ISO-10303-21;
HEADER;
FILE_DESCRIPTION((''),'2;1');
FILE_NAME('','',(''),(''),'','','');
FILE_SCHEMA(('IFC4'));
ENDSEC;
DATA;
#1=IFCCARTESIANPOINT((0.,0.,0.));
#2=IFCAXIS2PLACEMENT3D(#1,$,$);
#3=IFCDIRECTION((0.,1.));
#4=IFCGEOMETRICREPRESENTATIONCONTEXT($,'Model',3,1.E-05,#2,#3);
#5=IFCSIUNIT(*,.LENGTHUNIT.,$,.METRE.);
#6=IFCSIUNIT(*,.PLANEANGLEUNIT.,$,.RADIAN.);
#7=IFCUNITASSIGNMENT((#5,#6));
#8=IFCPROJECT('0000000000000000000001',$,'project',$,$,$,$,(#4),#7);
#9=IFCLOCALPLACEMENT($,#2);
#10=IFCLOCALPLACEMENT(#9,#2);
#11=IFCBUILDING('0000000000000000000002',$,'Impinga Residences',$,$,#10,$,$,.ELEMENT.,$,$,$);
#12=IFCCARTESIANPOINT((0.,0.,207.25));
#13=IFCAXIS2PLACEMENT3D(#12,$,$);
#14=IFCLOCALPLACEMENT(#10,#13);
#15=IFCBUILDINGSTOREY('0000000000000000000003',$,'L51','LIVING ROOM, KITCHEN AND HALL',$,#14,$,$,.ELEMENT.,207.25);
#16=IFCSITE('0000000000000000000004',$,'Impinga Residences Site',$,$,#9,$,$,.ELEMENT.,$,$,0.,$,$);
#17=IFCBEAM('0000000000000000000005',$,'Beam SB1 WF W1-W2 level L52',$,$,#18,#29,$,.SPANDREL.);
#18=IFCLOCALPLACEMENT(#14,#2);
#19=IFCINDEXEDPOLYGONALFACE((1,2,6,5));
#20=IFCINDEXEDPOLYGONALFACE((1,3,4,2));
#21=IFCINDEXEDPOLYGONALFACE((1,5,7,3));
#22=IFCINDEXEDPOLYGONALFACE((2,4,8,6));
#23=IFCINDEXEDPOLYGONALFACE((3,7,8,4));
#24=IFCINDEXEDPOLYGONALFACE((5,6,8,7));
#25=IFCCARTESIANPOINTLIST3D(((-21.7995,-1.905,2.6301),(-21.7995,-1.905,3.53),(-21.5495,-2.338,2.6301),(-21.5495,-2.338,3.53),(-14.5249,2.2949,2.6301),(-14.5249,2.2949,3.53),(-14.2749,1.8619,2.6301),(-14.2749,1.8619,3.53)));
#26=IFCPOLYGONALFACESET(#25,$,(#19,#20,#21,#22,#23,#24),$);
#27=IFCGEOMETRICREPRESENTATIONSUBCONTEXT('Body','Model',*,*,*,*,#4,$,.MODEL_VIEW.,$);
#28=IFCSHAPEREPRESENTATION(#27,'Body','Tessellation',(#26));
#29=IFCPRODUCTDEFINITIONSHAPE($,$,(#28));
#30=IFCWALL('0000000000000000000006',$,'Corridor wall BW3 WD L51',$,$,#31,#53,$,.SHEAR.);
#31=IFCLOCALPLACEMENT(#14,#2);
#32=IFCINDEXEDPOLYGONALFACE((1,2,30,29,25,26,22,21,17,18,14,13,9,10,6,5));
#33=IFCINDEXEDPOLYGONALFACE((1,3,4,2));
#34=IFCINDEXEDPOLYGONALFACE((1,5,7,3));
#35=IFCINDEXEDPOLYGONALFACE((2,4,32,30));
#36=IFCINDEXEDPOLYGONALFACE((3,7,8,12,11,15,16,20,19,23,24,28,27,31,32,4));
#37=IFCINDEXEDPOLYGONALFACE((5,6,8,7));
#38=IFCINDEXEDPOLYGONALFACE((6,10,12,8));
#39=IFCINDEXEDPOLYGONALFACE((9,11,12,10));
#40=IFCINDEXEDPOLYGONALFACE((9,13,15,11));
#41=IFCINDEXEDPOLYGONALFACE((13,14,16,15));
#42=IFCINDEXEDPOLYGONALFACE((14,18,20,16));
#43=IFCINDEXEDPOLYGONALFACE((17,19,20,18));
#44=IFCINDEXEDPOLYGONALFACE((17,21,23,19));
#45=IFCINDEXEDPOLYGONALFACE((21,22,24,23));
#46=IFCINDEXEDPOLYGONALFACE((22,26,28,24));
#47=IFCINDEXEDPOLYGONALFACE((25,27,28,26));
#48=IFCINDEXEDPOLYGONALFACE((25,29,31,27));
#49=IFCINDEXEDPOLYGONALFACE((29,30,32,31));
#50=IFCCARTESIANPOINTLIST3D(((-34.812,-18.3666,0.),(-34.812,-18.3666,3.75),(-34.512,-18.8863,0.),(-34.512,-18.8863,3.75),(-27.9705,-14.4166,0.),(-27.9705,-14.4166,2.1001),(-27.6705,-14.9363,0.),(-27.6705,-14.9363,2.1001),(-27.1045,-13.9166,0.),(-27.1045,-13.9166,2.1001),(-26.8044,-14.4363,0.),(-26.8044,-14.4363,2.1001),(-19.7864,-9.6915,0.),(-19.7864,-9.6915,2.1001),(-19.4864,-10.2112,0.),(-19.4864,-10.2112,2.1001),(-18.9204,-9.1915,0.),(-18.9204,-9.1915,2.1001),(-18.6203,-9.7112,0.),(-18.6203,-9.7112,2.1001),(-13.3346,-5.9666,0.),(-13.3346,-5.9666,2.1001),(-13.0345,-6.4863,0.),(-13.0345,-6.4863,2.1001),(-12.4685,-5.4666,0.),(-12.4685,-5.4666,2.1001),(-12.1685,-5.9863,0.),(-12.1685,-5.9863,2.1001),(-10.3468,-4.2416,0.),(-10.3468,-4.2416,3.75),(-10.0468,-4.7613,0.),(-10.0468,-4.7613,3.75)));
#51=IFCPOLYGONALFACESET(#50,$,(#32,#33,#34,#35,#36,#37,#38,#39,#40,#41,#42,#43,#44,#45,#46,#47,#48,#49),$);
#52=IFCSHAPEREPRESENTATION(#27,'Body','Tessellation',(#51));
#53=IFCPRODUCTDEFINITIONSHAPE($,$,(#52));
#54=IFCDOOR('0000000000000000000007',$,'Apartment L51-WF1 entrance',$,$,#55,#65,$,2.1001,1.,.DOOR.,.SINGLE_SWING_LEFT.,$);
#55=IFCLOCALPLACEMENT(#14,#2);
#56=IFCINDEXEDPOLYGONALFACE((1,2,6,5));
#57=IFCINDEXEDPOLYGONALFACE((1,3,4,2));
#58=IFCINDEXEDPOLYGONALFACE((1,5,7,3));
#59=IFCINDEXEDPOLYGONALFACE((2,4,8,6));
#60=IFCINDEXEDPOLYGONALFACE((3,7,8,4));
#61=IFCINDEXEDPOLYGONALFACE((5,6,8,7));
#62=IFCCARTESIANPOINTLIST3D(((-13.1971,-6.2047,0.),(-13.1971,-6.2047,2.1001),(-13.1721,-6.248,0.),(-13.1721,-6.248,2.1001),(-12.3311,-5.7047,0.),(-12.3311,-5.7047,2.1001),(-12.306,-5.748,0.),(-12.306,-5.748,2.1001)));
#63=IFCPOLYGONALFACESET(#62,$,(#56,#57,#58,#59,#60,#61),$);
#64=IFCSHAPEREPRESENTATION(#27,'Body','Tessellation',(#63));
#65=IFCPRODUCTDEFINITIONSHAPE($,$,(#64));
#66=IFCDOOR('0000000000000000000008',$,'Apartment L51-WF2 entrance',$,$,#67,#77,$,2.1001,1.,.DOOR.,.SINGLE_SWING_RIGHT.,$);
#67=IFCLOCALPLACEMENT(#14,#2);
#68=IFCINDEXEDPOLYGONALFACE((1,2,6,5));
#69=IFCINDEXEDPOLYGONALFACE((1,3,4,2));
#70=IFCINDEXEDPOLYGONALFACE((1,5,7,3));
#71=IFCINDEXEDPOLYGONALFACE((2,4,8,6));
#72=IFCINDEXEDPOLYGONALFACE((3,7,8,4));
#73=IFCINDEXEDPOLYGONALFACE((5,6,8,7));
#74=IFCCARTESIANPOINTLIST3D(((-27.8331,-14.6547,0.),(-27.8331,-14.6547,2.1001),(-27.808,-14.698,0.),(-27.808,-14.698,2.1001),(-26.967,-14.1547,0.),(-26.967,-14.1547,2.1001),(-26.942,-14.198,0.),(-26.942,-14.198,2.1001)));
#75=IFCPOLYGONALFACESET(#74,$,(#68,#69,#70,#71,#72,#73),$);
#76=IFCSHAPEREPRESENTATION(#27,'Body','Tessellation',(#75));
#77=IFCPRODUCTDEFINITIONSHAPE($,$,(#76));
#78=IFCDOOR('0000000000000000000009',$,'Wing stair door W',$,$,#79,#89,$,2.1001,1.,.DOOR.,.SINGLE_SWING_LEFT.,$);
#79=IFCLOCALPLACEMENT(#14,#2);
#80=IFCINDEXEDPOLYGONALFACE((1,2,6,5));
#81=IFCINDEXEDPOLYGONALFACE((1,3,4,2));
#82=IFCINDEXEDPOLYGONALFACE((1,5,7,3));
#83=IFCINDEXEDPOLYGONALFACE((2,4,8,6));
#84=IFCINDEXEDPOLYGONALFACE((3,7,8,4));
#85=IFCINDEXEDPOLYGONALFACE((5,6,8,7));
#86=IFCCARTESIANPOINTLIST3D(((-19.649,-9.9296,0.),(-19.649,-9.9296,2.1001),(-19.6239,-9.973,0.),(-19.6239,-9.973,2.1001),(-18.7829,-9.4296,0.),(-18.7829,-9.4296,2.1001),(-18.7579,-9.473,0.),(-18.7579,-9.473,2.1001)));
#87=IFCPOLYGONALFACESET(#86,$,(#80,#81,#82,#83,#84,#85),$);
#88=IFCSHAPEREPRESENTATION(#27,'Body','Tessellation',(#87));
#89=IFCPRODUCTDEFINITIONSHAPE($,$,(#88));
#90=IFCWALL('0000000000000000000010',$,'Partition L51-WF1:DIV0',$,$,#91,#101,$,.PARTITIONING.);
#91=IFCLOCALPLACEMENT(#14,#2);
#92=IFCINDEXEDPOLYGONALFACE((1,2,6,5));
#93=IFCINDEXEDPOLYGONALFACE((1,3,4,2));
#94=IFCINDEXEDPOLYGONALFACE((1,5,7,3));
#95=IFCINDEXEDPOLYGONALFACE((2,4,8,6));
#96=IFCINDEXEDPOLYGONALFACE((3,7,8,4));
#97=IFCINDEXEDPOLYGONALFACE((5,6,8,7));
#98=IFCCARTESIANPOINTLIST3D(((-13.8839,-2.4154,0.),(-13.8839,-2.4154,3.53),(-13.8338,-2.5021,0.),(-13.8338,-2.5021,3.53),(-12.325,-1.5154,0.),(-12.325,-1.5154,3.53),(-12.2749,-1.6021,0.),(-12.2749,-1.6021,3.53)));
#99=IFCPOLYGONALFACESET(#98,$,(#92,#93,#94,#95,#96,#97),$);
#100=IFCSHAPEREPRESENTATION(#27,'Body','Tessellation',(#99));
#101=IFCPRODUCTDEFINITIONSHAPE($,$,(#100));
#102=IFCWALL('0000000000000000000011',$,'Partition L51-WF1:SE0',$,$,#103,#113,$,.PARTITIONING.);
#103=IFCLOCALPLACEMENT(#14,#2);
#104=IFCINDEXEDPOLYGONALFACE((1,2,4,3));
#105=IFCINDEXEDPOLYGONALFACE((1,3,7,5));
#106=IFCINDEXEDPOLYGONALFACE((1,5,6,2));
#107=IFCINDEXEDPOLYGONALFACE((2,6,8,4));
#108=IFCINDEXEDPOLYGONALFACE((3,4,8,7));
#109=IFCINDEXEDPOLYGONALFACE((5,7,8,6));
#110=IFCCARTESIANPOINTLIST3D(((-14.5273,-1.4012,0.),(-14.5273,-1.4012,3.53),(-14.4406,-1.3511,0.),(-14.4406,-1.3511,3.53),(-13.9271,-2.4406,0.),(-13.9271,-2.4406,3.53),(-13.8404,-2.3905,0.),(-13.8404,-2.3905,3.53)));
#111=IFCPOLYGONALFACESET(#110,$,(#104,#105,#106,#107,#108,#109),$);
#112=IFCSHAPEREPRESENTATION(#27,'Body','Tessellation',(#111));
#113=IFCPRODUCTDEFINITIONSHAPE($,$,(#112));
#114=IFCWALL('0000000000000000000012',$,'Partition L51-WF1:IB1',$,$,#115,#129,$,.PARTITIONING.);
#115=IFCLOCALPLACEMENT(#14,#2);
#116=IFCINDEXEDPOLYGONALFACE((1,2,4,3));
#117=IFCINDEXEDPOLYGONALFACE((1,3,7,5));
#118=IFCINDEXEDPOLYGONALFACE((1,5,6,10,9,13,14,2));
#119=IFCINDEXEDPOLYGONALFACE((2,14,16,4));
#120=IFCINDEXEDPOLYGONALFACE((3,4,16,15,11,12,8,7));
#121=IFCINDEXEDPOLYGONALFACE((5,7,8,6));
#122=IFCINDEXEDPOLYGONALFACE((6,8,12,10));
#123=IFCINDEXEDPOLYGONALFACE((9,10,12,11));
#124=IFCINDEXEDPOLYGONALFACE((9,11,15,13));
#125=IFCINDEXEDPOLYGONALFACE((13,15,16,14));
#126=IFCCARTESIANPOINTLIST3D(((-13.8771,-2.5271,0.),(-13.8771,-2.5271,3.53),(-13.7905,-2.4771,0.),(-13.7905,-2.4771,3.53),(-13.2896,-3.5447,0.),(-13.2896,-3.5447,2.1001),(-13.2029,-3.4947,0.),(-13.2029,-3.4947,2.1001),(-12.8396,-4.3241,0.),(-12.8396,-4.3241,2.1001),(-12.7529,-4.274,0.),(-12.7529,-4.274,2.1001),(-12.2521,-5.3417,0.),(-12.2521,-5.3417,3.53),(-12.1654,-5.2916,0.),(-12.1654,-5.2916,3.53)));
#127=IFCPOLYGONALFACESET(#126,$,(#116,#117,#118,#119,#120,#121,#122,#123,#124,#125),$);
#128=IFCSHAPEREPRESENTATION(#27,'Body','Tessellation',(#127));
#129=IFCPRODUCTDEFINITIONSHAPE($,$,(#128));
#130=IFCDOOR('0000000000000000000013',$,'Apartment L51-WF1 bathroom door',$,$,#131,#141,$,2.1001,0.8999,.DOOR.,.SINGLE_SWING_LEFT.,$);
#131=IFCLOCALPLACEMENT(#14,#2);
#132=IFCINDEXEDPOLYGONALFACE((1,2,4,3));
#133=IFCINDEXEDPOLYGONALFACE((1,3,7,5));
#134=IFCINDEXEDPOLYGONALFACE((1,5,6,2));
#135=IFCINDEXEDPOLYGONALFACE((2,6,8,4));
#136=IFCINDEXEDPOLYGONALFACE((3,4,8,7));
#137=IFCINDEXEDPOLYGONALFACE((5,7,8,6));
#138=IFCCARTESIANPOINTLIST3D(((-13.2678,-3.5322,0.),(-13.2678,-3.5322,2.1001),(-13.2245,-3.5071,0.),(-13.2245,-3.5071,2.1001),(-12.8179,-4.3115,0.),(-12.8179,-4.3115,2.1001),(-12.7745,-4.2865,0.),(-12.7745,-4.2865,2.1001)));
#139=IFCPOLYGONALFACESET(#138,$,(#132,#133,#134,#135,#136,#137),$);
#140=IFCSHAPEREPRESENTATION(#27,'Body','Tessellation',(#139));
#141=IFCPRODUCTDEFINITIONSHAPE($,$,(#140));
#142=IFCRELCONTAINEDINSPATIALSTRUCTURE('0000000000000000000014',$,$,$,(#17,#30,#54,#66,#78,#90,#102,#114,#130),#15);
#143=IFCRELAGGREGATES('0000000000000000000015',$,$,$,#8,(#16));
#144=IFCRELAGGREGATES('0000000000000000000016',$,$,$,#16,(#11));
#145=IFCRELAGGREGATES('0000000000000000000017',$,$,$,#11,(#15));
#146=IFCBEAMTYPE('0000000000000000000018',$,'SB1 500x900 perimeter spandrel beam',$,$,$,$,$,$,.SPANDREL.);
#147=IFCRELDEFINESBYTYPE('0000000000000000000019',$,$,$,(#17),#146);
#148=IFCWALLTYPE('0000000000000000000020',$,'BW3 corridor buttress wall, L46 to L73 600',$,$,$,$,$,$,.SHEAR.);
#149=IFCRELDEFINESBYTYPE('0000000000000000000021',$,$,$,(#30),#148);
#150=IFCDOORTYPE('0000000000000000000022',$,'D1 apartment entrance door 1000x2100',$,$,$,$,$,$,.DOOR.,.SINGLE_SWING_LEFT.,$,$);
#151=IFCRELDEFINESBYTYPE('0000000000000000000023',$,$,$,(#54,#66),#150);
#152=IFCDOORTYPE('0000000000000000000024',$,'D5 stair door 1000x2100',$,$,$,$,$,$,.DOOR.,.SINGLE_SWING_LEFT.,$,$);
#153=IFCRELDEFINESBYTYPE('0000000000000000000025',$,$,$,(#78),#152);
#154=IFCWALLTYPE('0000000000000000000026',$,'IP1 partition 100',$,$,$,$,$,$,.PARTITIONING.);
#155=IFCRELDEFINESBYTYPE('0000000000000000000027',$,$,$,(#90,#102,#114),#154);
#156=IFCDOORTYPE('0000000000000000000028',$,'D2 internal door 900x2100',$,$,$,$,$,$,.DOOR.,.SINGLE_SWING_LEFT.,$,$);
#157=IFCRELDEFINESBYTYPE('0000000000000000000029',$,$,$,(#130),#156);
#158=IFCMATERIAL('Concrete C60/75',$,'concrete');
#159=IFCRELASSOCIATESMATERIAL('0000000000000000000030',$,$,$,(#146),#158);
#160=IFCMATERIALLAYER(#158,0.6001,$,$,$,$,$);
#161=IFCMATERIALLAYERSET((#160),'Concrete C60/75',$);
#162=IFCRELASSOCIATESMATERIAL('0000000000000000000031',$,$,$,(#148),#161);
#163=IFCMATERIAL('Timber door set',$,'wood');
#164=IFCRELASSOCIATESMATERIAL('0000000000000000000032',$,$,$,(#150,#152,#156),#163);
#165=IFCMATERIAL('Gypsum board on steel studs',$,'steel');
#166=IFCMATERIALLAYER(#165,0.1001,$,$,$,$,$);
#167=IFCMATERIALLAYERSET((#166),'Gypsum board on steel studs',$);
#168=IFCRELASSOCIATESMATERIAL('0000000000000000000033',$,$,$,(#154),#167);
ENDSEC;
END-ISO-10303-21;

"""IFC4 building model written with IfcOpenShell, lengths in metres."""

from ifc_helpers import new_model, si_unit, direction, frame, frame_2d, origin, origin_2d, place, context, subcontext, project, spatial, rectangle, extrude, material, layer, layer_set, material_profile, profile_set, type_object, element, fill, save


model = new_model("IFC4")

# Units and contexts
model_context = context("Model", 3, precision=1e-05, world=origin(), true_north=direction((0.0, 1.0)))
body_context = subcontext(model_context, "Body", "Model", "MODEL_VIEW")
ifc_project = project(units=[si_unit("LENGTHUNIT", "METRE"), si_unit("PLANEANGLEUNIT", "RADIAN")], contexts=[model_context])

# Site, building, storey
site_placement = place(None, origin())
site = spatial("IfcSite", under=ifc_project, at=site_placement, Name="Impinga Residences Site", CompositionType="ELEMENT", RefElevation=0.0)
building_placement = place(site_placement, origin())
building = spatial("IfcBuilding", under=site, at=building_placement, Name="Impinga Residences", CompositionType="ELEMENT")
storey_placement = place(building_placement, frame((0.0, 0.0, 207.25)))
storey = spatial("IfcBuildingStorey", under=building, at=storey_placement, Name="L51", Description="LIVING ROOM, KITCHEN AND HALL", CompositionType="ELEMENT", Elevation=207.25)

# Beam
ifc_material_1 = material(Name="Concrete C60/75", Category="concrete")
ifc_material_profile = material_profile(ifc_material_1, rectangle(XDim=0.5, YDim=0.8999, at=origin_2d()), Name="RC 500x900")
ifc_profile_set = profile_set([ifc_material_profile], Name="Concrete C60/75")
beam_type = type_object("IfcBeamType", Name="SB1 500x900 perimeter spandrel beam", PredefinedType="SPANDREL", material=ifc_profile_set)
beam_placement = place(storey_placement, frame((-14.3999, 2.0784, 3.0801), z_axis=(-0.866029, -0.499993, 0.0), x_axis=(0.499993, -0.866029, 0.0)))
element("IfcBeam", 1, at=beam_placement, inside=storey, type_object=beam_type, Name="Beam SB1 WF W1-W2 level L52", PredefinedType="SPANDREL", context=body_context, shape_type="SweptSolid", body=[
    extrude(rectangle(XDim=0.5, YDim=0.8999, at=origin_2d()), origin(), (0.0, 0.0, 1.0), 8.3999),
])

# Wall, openings, doors
ifc_layer_1 = layer(ifc_material_1, 0.6001)
ifc_layer_set_1 = layer_set([ifc_layer_1], Name="Concrete C60/75")
wall_type_1 = type_object("IfcWallType", Name="BW3 corridor buttress wall, L46 to L73 600", PredefinedType="SHEAR", material=ifc_layer_set_1)
wall_1_placement = place(storey_placement, frame((-10.1968, -4.5015, 0.0), z_axis=(0.0, 0.0, 1.0), x_axis=(-0.866026, -0.499998, 0.0)))
wall_1 = element("IfcWall", 2, at=wall_1_placement, inside=storey, type_object=wall_type_1, Name="Corridor wall BW3 WD L51", PredefinedType="SHEAR", context=body_context, shape_type="SweptSolid", body=[
    extrude(rectangle(XDim=28.25, YDim=0.6001, at=frame_2d((14.125, 0.0))), origin(), (0.0, 0.0, 1.0), 3.75),
])
opening_1_placement = place(wall_1_placement, frame((9.8999, 0.0, 0.0)))
opening_1 = element("IfcOpeningElement", 3, at=opening_1_placement, cuts=wall_1, PredefinedType="OPENING", context=body_context, shape_type="SweptSolid", body=[
    extrude(rectangle(XDim=1.0, YDim=2.1001, at=frame_2d((0.5, 1.05))), frame((0.0, 0.3101, 0.0), z_axis=(0.0, -1.0, 0.0), x_axis=(1.0, 0.0, 0.0)), (0.0, 0.0, 1.0), 0.6201),
])
opening_2_placement = place(wall_1_placement, frame((2.45, 0.0, 0.0)))
opening_2 = element("IfcOpeningElement", 4, at=opening_2_placement, cuts=wall_1, PredefinedType="OPENING", context=body_context, shape_type="SweptSolid", body=[
    extrude(rectangle(XDim=1.0, YDim=2.1001, at=frame_2d((0.5, 1.05))), frame((0.0, 0.3101, 0.0), z_axis=(0.0, -1.0, 0.0), x_axis=(1.0, 0.0, 0.0)), (0.0, 0.0, 1.0), 0.6201),
])
opening_3_placement = place(wall_1_placement, frame((19.3501, 0.0, 0.0)))
opening_3 = element("IfcOpeningElement", 5, at=opening_3_placement, cuts=wall_1, PredefinedType="OPENING", context=body_context, shape_type="SweptSolid", body=[
    extrude(rectangle(XDim=1.0, YDim=2.1001, at=frame_2d((0.5, 1.05))), frame((0.0, 0.3101, 0.0), z_axis=(0.0, -1.0, 0.0), x_axis=(1.0, 0.0, 0.0)), (0.0, 0.0, 1.0), 0.6201),
])
ifc_material_2 = material(Name="Timber door set", Category="wood")
door_type_1 = type_object("IfcDoorType", Name="D1 apartment entrance door 1000x2100", OperationType="SINGLE_SWING_LEFT", PredefinedType="DOOR", material=ifc_material_2)
door_1_placement = place(opening_2_placement, origin())
door_1 = element("IfcDoor", 6, at=door_1_placement, inside=storey, type_object=door_type_1, Name="Apartment L51-WF1 entrance", OperationType="SINGLE_SWING_LEFT", OverallHeight=2.1001, OverallWidth=1.0, PredefinedType="DOOR", context=body_context, shape_type="SweptSolid", body=[
    extrude(rectangle(XDim=1.0, YDim=2.1001, at=frame_2d((0.5, 1.05))), frame((0.0, 0.0249, 0.0), z_axis=(0.0, -1.0, 0.0), x_axis=(1.0, 0.0, 0.0)), (0.0, 0.0, 1.0), 0.05),
])
fill(opening_2, door_1)
door_2_placement = place(opening_3_placement, origin())
door_2 = element("IfcDoor", 7, at=door_2_placement, inside=storey, type_object=door_type_1, Name="Apartment L51-WF2 entrance", OperationType="SINGLE_SWING_RIGHT", OverallHeight=2.1001, OverallWidth=1.0, PredefinedType="DOOR", context=body_context, shape_type="SweptSolid", body=[
    extrude(rectangle(XDim=1.0, YDim=2.1001, at=frame_2d((0.5, 1.05))), frame((0.0, 0.0249, 0.0), z_axis=(0.0, -1.0, 0.0), x_axis=(1.0, 0.0, 0.0)), (0.0, 0.0, 1.0), 0.05),
])
fill(opening_3, door_2)
door_type_2 = type_object("IfcDoorType", Name="D5 stair door 1000x2100", OperationType="SINGLE_SWING_LEFT", PredefinedType="DOOR", material=ifc_material_2)
door_3_placement = place(opening_1_placement, origin())
door_3 = element("IfcDoor", 8, at=door_3_placement, inside=storey, type_object=door_type_2, Name="Wing stair door W", OperationType="SINGLE_SWING_LEFT", OverallHeight=2.1001, OverallWidth=1.0, PredefinedType="DOOR", context=body_context, shape_type="SweptSolid", body=[
    extrude(rectangle(XDim=1.0, YDim=2.1001, at=frame_2d((0.5, 1.05))), frame((0.0, 0.0249, 0.0), z_axis=(0.0, -1.0, 0.0), x_axis=(1.0, 0.0, 0.0)), (0.0, 0.0, 1.0), 0.05),
])
fill(opening_1, door_3)

# Walls
ifc_material_3 = material(Name="Gypsum board on steel studs", Category="steel")
ifc_layer_2 = layer(ifc_material_3, 0.1001)
ifc_layer_set_2 = layer_set([ifc_layer_2], Name="Gypsum board on steel studs")
wall_type_2 = type_object("IfcWallType", Name="IP1 partition 100", PredefinedType="PARTITIONING", material=ifc_layer_set_2)
wall_2_placement = place(storey_placement, frame((-12.3, -1.5588, 0.0), z_axis=(0.0, 0.0, 1.0), x_axis=(-0.866048, -0.499961, 0.0)))
element("IfcWall", 9, at=wall_2_placement, inside=storey, type_object=wall_type_2, Name="Partition L51-WF1:DIV0", PredefinedType="PARTITIONING", context=body_context, shape_type="SweptSolid", body=[
    extrude(rectangle(XDim=1.8, YDim=0.1001, at=frame_2d((0.8999, 0.0))), origin(), (0.0, 0.0, 1.0), 3.53),
])
wall_3_placement = place(storey_placement, frame((-13.8838, -2.4155, 0.0), z_axis=(0.0, 0.0, 1.0), x_axis=(-0.500034, 0.866006, 0.0)))
element("IfcWall", 10, at=wall_3_placement, inside=storey, type_object=wall_type_2, Name="Partition L51-WF1:SE0", PredefinedType="PARTITIONING", context=body_context, shape_type="SweptSolid", body=[
    extrude(rectangle(XDim=1.2002, YDim=0.1001, at=frame_2d((0.6001, 0.0))), origin(), (0.0, 0.0, 1.0), 3.53),
])

# Wall, opening, door
wall_4_placement = place(storey_placement, frame((-12.2087, -5.3167, 0.0), z_axis=(0.0, 0.0, 1.0), x_axis=(-0.500017, 0.866015, 0.0)))
wall_4 = element("IfcWall", 11, at=wall_4_placement, inside=storey, type_object=wall_type_2, Name="Partition L51-WF1:IB1", PredefinedType="PARTITIONING", context=body_context, shape_type="SweptSolid", body=[
    extrude(rectangle(XDim=3.25, YDim=0.1001, at=frame_2d((1.625, 0.0))), origin(), (0.0, 0.0, 1.0), 3.53),
])
opening_4_placement = place(wall_4_placement, frame((1.175, 0.0, 0.0)))
opening_4 = element("IfcOpeningElement", 12, at=opening_4_placement, cuts=wall_4, PredefinedType="OPENING", context=body_context, shape_type="SweptSolid", body=[
    extrude(rectangle(XDim=0.8999, YDim=2.1001, at=frame_2d((0.45, 1.05))), frame((0.0, 0.0601, 0.0), z_axis=(0.0, -1.0, 0.0), x_axis=(1.0, 0.0, 0.0)), (0.0, 0.0, 1.0), 0.1201),
])
door_type_3 = type_object("IfcDoorType", Name="D2 internal door 900x2100", OperationType="SINGLE_SWING_LEFT", PredefinedType="DOOR", material=ifc_material_2)
door_4_placement = place(opening_4_placement, origin())
door_4 = element("IfcDoor", 13, at=door_4_placement, inside=storey, type_object=door_type_3, Name="Apartment L51-WF1 bathroom door", OperationType="SINGLE_SWING_LEFT", OverallHeight=2.1001, OverallWidth=0.8999, PredefinedType="DOOR", context=body_context, shape_type="SweptSolid", body=[
    extrude(rectangle(XDim=0.8999, YDim=2.1001, at=frame_2d((0.45, 1.05))), frame((0.0, 0.0249, 0.0), z_axis=(0.0, -1.0, 0.0), x_axis=(1.0, 0.0, 0.0)), (0.0, 0.0, 1.0), 0.05),
])
fill(opening_4, door_4)

save(model, "model.ifc")
